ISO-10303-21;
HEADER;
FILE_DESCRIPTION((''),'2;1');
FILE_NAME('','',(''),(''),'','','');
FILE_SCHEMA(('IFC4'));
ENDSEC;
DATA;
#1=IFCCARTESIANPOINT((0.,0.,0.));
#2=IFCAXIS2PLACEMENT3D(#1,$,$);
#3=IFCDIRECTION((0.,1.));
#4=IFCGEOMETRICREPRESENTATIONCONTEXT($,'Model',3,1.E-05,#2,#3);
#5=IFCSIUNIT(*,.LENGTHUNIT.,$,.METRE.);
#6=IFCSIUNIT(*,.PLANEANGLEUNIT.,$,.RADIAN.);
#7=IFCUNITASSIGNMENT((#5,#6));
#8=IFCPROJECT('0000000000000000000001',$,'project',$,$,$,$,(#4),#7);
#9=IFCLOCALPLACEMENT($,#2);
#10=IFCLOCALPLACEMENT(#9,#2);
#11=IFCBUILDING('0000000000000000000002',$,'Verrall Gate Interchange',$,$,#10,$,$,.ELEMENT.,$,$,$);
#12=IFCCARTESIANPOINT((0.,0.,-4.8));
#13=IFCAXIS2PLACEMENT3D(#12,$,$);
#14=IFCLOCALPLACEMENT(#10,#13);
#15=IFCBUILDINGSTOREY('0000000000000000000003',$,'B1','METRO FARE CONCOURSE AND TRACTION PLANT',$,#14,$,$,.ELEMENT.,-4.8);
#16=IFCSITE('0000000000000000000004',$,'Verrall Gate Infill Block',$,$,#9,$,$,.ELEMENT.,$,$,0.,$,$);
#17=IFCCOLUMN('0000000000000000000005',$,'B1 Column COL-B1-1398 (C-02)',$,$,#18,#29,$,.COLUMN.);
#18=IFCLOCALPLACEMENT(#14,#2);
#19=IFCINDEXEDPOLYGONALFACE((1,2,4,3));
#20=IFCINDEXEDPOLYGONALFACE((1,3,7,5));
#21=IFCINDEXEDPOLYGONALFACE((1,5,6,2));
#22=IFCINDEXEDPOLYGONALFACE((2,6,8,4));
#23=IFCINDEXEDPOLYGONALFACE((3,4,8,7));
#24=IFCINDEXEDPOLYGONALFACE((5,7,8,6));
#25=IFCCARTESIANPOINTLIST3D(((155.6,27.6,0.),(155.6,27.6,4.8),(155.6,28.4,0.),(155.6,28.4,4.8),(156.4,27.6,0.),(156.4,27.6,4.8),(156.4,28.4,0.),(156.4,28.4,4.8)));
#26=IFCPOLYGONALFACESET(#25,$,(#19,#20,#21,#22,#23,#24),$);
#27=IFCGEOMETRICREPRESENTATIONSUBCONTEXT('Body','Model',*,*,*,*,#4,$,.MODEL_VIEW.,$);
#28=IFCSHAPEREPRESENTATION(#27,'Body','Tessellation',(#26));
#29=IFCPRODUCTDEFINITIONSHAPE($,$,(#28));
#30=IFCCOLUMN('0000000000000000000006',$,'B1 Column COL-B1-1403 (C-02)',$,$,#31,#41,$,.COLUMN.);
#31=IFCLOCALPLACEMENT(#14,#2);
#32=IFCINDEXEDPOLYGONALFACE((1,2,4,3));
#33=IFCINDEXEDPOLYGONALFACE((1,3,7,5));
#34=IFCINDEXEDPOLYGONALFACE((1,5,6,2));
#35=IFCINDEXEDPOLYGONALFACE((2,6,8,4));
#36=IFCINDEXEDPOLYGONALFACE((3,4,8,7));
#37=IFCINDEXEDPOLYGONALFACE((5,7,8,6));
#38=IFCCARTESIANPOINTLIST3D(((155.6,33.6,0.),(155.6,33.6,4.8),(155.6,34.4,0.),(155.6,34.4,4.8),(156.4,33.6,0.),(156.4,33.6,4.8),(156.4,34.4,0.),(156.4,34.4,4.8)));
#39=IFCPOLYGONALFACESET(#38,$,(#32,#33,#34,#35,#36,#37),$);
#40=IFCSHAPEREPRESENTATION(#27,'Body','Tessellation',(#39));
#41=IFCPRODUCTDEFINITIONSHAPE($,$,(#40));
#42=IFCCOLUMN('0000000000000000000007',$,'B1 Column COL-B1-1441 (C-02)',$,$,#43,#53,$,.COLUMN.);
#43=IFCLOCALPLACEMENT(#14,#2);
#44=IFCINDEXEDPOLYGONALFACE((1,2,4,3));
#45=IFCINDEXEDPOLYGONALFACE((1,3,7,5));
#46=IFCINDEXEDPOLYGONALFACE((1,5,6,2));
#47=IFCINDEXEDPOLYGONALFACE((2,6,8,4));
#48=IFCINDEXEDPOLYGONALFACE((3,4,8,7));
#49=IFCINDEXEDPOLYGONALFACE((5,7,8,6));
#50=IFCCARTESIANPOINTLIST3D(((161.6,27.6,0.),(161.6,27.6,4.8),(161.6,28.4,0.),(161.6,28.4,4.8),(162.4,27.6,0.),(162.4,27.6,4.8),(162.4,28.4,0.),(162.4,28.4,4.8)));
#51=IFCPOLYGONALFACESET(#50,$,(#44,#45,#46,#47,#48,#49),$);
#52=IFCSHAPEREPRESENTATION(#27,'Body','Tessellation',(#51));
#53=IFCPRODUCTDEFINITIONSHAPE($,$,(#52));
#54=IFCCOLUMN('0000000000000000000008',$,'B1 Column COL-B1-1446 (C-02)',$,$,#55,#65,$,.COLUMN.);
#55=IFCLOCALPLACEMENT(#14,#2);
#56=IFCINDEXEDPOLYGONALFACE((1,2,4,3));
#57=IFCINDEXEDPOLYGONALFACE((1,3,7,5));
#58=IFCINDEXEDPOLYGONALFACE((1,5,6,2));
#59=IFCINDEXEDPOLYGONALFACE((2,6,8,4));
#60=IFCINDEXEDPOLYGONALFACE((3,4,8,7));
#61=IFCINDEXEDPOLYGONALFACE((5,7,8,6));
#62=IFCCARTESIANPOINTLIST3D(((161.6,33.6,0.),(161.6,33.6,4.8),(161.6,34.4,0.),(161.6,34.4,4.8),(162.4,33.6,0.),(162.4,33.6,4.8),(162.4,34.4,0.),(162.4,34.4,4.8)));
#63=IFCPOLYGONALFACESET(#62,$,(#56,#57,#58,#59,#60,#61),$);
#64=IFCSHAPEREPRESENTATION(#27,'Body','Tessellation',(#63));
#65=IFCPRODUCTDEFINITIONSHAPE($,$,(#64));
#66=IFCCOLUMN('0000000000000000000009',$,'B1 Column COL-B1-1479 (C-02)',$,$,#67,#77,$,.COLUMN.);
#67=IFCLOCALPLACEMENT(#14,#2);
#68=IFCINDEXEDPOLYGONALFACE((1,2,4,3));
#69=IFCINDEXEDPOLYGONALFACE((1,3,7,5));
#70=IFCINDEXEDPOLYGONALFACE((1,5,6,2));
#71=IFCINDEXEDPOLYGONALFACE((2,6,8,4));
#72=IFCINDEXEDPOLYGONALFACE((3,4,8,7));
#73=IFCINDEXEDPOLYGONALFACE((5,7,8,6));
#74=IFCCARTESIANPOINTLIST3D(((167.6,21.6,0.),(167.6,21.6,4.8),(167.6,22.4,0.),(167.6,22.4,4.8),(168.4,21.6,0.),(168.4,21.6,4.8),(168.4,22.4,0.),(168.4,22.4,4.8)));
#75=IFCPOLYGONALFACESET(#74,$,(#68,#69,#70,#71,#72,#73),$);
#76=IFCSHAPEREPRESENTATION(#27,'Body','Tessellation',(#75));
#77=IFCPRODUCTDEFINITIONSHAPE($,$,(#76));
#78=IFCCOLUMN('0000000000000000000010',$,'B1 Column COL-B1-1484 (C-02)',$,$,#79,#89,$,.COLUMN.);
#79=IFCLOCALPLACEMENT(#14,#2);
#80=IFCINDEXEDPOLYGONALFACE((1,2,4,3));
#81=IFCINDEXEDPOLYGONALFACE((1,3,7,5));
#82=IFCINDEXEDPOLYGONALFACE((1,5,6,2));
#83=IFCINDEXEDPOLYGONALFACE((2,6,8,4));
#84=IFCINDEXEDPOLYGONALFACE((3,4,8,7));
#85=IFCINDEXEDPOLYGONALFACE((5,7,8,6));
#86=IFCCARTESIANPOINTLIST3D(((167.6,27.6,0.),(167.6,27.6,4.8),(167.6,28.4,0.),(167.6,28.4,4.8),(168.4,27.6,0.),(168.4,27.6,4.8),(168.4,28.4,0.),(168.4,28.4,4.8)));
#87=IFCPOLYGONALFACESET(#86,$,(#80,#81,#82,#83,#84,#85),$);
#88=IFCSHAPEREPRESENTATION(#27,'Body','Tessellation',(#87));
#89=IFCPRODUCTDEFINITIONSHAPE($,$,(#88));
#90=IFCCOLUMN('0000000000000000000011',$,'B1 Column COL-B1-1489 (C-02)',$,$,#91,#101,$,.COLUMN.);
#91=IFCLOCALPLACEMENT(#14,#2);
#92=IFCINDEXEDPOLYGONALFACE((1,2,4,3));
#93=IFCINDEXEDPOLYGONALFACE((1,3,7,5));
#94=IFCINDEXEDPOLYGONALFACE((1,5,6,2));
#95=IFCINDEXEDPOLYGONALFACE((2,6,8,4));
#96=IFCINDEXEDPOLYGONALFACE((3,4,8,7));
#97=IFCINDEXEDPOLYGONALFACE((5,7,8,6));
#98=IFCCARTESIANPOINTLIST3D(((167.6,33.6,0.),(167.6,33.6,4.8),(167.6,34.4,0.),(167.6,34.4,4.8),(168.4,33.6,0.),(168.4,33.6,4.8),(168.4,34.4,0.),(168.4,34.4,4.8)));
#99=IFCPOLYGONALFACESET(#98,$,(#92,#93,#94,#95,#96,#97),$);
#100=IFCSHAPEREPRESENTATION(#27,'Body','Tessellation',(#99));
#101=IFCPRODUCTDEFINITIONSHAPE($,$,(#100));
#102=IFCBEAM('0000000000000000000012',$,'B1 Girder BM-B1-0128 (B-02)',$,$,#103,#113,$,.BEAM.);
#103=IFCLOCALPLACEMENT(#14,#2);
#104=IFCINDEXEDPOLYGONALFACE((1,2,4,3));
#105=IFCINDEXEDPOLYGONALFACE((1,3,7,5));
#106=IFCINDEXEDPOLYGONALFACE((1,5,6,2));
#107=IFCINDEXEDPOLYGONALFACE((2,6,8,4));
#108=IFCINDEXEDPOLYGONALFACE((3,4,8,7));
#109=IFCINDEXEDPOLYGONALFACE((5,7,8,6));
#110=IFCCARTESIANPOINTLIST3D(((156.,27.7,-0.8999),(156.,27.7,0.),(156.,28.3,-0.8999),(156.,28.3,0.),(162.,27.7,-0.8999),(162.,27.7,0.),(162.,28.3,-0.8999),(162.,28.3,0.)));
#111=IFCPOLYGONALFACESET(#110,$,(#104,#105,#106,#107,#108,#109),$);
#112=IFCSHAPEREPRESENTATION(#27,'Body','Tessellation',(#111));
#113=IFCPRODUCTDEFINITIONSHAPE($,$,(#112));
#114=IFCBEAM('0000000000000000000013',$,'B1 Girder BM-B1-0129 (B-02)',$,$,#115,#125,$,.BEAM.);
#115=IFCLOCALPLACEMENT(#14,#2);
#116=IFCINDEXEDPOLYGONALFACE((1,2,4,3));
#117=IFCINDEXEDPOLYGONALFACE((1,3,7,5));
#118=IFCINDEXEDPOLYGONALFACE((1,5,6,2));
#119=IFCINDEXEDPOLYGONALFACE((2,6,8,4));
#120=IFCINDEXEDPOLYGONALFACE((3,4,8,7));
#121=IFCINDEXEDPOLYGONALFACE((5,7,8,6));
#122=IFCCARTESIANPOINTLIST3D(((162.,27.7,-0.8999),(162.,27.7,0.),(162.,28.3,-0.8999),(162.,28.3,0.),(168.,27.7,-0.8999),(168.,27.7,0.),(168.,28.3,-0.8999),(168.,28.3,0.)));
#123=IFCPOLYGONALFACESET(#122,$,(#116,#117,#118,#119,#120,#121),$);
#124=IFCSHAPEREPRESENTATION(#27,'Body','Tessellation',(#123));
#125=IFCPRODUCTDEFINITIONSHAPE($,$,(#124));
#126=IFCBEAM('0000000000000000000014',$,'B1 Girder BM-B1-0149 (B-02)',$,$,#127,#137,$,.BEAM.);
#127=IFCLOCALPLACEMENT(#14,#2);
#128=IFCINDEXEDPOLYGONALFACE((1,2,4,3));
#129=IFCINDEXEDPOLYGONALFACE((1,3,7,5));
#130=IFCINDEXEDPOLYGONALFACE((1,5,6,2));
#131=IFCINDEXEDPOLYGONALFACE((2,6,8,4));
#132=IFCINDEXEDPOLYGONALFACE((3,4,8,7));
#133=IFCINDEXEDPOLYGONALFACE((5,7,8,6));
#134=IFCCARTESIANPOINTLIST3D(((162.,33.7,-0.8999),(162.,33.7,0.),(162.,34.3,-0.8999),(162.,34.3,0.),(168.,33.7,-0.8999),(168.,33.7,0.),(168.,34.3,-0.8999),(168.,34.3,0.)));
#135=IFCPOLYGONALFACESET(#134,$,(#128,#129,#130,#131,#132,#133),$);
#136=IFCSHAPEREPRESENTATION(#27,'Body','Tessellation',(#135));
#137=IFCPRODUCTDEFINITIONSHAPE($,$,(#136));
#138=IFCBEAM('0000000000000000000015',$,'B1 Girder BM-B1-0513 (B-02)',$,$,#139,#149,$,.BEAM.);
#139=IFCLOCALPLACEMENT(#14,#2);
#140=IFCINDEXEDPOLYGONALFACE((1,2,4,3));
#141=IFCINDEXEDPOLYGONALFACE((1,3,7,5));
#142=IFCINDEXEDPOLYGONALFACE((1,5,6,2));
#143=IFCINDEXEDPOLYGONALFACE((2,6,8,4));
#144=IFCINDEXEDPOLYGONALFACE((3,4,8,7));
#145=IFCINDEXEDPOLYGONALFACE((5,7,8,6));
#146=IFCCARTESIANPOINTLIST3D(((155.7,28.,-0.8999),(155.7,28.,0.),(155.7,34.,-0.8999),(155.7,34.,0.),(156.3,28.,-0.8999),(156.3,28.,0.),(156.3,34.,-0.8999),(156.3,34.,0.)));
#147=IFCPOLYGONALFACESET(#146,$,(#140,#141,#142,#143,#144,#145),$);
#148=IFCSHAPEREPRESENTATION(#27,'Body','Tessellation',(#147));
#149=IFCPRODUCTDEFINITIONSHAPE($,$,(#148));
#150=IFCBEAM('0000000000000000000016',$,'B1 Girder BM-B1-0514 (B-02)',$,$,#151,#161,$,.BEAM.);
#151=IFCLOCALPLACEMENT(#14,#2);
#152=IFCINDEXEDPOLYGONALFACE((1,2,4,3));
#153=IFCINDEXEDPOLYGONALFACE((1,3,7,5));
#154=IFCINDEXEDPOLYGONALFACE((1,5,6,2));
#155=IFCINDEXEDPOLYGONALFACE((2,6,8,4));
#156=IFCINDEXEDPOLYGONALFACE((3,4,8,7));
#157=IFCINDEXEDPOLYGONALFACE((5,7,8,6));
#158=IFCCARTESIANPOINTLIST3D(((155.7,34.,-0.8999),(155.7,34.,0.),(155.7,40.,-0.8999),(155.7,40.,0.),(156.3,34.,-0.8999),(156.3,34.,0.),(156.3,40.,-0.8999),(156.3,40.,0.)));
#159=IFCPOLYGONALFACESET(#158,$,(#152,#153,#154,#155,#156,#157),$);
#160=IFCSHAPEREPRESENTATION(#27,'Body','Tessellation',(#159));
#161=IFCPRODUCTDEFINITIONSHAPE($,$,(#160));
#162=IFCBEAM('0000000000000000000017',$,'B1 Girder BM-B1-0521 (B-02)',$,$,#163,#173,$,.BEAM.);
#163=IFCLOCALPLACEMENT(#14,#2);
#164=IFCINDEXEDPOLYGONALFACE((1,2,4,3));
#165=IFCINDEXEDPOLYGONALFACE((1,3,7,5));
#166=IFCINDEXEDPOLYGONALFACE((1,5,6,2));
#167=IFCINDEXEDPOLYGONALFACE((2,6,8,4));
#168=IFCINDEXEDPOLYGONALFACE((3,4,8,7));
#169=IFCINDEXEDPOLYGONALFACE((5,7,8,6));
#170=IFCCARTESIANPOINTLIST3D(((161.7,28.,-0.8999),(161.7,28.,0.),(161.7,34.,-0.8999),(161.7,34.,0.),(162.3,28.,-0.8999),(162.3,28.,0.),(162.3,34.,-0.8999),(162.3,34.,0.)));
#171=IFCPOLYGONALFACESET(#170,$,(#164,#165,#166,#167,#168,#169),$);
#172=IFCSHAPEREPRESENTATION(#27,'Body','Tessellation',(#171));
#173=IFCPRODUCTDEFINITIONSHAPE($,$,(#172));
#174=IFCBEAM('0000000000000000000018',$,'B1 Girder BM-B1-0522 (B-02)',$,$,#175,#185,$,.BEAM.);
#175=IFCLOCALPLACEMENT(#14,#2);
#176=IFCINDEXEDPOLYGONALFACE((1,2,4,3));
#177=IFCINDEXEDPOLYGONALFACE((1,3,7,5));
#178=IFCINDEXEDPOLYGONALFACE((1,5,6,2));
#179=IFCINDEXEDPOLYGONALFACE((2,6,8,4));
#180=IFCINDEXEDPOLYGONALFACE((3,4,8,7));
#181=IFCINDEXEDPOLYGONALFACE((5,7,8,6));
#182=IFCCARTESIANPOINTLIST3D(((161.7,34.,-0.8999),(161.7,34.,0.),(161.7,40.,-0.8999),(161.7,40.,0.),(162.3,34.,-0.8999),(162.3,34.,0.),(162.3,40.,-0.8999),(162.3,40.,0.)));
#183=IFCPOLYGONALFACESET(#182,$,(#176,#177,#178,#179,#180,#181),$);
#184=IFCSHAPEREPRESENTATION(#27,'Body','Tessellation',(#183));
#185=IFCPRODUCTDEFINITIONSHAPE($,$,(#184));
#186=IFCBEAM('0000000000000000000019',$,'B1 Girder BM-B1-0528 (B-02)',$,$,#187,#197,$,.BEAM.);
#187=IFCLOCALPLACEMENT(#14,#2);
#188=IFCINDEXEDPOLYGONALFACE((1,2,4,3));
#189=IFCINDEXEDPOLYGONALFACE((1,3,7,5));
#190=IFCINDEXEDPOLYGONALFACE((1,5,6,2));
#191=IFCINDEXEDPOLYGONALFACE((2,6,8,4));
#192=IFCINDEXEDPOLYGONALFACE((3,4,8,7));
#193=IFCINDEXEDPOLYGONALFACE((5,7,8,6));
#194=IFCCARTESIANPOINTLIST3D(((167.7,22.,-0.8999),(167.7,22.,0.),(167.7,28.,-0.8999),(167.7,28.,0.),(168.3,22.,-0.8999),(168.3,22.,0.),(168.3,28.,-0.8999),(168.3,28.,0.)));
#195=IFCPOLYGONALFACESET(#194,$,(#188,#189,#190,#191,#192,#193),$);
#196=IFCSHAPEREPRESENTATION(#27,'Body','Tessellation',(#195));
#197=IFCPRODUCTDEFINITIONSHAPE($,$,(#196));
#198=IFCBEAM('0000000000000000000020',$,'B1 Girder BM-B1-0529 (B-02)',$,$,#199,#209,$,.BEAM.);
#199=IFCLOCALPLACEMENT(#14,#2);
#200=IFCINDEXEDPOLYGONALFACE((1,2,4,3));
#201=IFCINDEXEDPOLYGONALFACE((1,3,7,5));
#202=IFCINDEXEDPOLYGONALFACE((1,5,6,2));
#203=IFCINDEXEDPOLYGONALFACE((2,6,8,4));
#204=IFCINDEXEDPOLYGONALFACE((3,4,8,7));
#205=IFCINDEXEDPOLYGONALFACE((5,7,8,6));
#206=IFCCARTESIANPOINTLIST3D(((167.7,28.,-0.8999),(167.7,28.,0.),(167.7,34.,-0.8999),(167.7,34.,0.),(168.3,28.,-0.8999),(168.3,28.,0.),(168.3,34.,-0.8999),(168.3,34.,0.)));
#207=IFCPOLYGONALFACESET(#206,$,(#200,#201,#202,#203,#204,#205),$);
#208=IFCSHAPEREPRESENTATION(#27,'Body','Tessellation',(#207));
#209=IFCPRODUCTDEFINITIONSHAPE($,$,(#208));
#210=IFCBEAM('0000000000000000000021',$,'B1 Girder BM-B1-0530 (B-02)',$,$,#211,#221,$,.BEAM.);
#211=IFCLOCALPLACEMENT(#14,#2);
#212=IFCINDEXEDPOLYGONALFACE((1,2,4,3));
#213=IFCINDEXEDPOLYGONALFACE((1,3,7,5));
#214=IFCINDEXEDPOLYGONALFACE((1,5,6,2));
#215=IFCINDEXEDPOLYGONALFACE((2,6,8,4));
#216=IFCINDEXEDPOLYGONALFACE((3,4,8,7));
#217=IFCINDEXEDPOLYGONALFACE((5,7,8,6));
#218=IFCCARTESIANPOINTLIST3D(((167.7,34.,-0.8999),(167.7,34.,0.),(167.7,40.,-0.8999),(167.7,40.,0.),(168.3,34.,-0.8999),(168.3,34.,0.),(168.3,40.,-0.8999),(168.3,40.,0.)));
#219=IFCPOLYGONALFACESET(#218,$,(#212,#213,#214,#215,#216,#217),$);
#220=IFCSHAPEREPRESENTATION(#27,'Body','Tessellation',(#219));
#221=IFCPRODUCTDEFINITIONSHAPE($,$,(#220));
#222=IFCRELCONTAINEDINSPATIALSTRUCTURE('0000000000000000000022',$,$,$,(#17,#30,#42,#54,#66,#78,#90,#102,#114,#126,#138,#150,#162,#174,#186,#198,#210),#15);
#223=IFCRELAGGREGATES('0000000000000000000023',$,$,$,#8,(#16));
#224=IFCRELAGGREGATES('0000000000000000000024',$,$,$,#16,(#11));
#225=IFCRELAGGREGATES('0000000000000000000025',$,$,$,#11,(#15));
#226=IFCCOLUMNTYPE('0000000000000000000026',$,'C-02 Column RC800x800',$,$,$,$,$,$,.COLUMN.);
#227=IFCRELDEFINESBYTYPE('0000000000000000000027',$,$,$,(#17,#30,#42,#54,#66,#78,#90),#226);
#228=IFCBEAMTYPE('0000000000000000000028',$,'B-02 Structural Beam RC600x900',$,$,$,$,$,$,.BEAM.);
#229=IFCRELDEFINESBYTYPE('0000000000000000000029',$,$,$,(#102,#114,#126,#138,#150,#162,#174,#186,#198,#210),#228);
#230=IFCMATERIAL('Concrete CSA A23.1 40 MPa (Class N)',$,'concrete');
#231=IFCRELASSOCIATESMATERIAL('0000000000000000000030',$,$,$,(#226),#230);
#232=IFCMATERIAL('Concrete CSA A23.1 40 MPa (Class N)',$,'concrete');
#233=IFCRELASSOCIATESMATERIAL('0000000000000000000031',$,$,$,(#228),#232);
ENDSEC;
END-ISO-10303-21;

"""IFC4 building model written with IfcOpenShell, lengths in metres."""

from ifc_helpers import new_model, si_unit, direction, frame, origin, origin_2d, place, context, subcontext, project, spatial, rectangle, extrude, material, material_profile, profile_set, type_object, element, save


model = new_model("IFC4")

# Units and contexts
model_context = context("Model", 3, precision=1e-05, world=origin(), true_north=direction((0.0, 1.0)))
body_context = subcontext(model_context, "Body", "Model", "MODEL_VIEW")
ifc_project = project(units=[si_unit("LENGTHUNIT", "METRE"), si_unit("PLANEANGLEUNIT", "RADIAN")], contexts=[model_context])

# Site, building, storey
site_placement = place(None, origin())
site = spatial("IfcSite", under=ifc_project, at=site_placement, Name="Verrall Gate Infill Block", CompositionType="ELEMENT", RefElevation=0.0)
building_placement = place(site_placement, origin())
building = spatial("IfcBuilding", under=site, at=building_placement, Name="Verrall Gate Interchange", CompositionType="ELEMENT")
storey_placement = place(building_placement, frame((0.0, 0.0, -4.8)))
storey = spatial("IfcBuildingStorey", under=building, at=storey_placement, Name="B1", Description="METRO FARE CONCOURSE AND TRACTION PLANT", CompositionType="ELEMENT", Elevation=-4.8)

# Columns
ifc_material_1 = material(Name="Concrete CSA A23.1 40 MPa (Class N)", Category="concrete")
ifc_material_profile_1 = material_profile(ifc_material_1, rectangle(XDim=0.8, YDim=0.8, at=origin_2d()), Name="RC800x800")
ifc_profile_set_1 = profile_set([ifc_material_profile_1], Name="Concrete CSA A23.1 40 MPa (Class N)")
column_type = type_object("IfcColumnType", Name="C-02 Column RC800x800", PredefinedType="COLUMN", material=ifc_profile_set_1)
for number, where, z_axis, x_axis, name in (
    (1, (156.0, 28.0, 0.0), (0.0, 0.0, 1.0), (1.0, 0.0, 0.0), "B1 Column COL-B1-1398 (C-02)"),
    (2, (156.0, 34.0, 0.0), (0.0, 0.0, 1.0), (1.0, 0.0, 0.0), "B1 Column COL-B1-1403 (C-02)"),
    (3, (162.0, 28.0, 0.0), (0.0, 0.0, 1.0), (1.0, 0.0, 0.0), "B1 Column COL-B1-1441 (C-02)"),
    (4, (162.0, 34.0, 0.0), (0.0, 0.0, 1.0), (1.0, 0.0, 0.0), "B1 Column COL-B1-1446 (C-02)"),
    (5, (168.0, 22.0, 0.0), (0.0, 0.0, 1.0), (1.0, 0.0, 0.0), "B1 Column COL-B1-1479 (C-02)"),
    (6, (168.0, 28.0, 0.0), (0.0, 0.0, 1.0), (1.0, 0.0, 0.0), "B1 Column COL-B1-1484 (C-02)"),
    (7, (168.0, 34.0, 0.0), (0.0, 0.0, 1.0), (1.0, 0.0, 0.0), "B1 Column COL-B1-1489 (C-02)"),
):
    element("IfcColumn", number, at=place(storey_placement, frame(where, z_axis=z_axis, x_axis=x_axis)), inside=storey, type_object=column_type, Name=name, PredefinedType="COLUMN", context=body_context, shape_type="SweptSolid", body=[
        extrude(rectangle(XDim=0.8, YDim=0.8, at=origin_2d()), origin(), (0.0, 0.0, 1.0), 4.8),
    ])

# Beams
ifc_material_2 = material(Name="Concrete CSA A23.1 40 MPa (Class N)", Category="concrete")
ifc_material_profile_2 = material_profile(ifc_material_2, rectangle(XDim=0.6001, YDim=0.8999, at=origin_2d()), Name="RC600x900")
ifc_profile_set_2 = profile_set([ifc_material_profile_2], Name="Concrete CSA A23.1 40 MPa (Class N)")
beam_type_1 = type_object("IfcBeamType", Name="B-02 Structural Beam RC600x900", PredefinedType="BEAM", material=ifc_profile_set_2)
for number, where, z_axis, x_axis, name in (
    (8, (156.0, 28.0, -0.45), (1.0, 0.0, 0.0), (0.0, 1.0, 0.0), "B1 Girder BM-B1-0128 (B-02)"),
    (9, (162.0, 28.0, -0.45), (1.0, 0.0, 0.0), (0.0, 1.0, 0.0), "B1 Girder BM-B1-0129 (B-02)"),
    (10, (162.0, 34.0, -0.45), (1.0, 0.0, 0.0), (0.0, 1.0, 0.0), "B1 Girder BM-B1-0149 (B-02)"),
    (11, (156.0, 28.0, -0.45), (0.0, 1.0, 0.0), (-1.0, 0.0, 0.0), "B1 Girder BM-B1-0513 (B-02)"),
    (12, (156.0, 34.0, -0.45), (0.0, 1.0, 0.0), (-1.0, 0.0, 0.0), "B1 Girder BM-B1-0514 (B-02)"),
    (13, (162.0, 28.0, -0.45), (0.0, 1.0, 0.0), (-1.0, 0.0, 0.0), "B1 Girder BM-B1-0521 (B-02)"),
    (14, (162.0, 34.0, -0.45), (0.0, 1.0, 0.0), (-1.0, 0.0, 0.0), "B1 Girder BM-B1-0522 (B-02)"),
    (15, (168.0, 22.0, -0.45), (0.0, 1.0, 0.0), (-1.0, 0.0, 0.0), "B1 Girder BM-B1-0528 (B-02)"),
    (16, (168.0, 28.0, -0.45), (0.0, 1.0, 0.0), (-1.0, 0.0, 0.0), "B1 Girder BM-B1-0529 (B-02)"),
    (17, (168.0, 34.0, -0.45), (0.0, 1.0, 0.0), (-1.0, 0.0, 0.0), "B1 Girder BM-B1-0530 (B-02)"),
):
    element("IfcBeam", number, at=place(storey_placement, frame(where, z_axis=z_axis, x_axis=x_axis)), inside=storey, type_object=beam_type_1, Name=name, PredefinedType="BEAM", context=body_context, shape_type="SweptSolid", body=[
        extrude(rectangle(XDim=0.6001, YDim=0.8999, at=origin_2d()), origin(), (0.0, 0.0, 1.0), 6.0),
    ])

save(model, "model.ifc")
